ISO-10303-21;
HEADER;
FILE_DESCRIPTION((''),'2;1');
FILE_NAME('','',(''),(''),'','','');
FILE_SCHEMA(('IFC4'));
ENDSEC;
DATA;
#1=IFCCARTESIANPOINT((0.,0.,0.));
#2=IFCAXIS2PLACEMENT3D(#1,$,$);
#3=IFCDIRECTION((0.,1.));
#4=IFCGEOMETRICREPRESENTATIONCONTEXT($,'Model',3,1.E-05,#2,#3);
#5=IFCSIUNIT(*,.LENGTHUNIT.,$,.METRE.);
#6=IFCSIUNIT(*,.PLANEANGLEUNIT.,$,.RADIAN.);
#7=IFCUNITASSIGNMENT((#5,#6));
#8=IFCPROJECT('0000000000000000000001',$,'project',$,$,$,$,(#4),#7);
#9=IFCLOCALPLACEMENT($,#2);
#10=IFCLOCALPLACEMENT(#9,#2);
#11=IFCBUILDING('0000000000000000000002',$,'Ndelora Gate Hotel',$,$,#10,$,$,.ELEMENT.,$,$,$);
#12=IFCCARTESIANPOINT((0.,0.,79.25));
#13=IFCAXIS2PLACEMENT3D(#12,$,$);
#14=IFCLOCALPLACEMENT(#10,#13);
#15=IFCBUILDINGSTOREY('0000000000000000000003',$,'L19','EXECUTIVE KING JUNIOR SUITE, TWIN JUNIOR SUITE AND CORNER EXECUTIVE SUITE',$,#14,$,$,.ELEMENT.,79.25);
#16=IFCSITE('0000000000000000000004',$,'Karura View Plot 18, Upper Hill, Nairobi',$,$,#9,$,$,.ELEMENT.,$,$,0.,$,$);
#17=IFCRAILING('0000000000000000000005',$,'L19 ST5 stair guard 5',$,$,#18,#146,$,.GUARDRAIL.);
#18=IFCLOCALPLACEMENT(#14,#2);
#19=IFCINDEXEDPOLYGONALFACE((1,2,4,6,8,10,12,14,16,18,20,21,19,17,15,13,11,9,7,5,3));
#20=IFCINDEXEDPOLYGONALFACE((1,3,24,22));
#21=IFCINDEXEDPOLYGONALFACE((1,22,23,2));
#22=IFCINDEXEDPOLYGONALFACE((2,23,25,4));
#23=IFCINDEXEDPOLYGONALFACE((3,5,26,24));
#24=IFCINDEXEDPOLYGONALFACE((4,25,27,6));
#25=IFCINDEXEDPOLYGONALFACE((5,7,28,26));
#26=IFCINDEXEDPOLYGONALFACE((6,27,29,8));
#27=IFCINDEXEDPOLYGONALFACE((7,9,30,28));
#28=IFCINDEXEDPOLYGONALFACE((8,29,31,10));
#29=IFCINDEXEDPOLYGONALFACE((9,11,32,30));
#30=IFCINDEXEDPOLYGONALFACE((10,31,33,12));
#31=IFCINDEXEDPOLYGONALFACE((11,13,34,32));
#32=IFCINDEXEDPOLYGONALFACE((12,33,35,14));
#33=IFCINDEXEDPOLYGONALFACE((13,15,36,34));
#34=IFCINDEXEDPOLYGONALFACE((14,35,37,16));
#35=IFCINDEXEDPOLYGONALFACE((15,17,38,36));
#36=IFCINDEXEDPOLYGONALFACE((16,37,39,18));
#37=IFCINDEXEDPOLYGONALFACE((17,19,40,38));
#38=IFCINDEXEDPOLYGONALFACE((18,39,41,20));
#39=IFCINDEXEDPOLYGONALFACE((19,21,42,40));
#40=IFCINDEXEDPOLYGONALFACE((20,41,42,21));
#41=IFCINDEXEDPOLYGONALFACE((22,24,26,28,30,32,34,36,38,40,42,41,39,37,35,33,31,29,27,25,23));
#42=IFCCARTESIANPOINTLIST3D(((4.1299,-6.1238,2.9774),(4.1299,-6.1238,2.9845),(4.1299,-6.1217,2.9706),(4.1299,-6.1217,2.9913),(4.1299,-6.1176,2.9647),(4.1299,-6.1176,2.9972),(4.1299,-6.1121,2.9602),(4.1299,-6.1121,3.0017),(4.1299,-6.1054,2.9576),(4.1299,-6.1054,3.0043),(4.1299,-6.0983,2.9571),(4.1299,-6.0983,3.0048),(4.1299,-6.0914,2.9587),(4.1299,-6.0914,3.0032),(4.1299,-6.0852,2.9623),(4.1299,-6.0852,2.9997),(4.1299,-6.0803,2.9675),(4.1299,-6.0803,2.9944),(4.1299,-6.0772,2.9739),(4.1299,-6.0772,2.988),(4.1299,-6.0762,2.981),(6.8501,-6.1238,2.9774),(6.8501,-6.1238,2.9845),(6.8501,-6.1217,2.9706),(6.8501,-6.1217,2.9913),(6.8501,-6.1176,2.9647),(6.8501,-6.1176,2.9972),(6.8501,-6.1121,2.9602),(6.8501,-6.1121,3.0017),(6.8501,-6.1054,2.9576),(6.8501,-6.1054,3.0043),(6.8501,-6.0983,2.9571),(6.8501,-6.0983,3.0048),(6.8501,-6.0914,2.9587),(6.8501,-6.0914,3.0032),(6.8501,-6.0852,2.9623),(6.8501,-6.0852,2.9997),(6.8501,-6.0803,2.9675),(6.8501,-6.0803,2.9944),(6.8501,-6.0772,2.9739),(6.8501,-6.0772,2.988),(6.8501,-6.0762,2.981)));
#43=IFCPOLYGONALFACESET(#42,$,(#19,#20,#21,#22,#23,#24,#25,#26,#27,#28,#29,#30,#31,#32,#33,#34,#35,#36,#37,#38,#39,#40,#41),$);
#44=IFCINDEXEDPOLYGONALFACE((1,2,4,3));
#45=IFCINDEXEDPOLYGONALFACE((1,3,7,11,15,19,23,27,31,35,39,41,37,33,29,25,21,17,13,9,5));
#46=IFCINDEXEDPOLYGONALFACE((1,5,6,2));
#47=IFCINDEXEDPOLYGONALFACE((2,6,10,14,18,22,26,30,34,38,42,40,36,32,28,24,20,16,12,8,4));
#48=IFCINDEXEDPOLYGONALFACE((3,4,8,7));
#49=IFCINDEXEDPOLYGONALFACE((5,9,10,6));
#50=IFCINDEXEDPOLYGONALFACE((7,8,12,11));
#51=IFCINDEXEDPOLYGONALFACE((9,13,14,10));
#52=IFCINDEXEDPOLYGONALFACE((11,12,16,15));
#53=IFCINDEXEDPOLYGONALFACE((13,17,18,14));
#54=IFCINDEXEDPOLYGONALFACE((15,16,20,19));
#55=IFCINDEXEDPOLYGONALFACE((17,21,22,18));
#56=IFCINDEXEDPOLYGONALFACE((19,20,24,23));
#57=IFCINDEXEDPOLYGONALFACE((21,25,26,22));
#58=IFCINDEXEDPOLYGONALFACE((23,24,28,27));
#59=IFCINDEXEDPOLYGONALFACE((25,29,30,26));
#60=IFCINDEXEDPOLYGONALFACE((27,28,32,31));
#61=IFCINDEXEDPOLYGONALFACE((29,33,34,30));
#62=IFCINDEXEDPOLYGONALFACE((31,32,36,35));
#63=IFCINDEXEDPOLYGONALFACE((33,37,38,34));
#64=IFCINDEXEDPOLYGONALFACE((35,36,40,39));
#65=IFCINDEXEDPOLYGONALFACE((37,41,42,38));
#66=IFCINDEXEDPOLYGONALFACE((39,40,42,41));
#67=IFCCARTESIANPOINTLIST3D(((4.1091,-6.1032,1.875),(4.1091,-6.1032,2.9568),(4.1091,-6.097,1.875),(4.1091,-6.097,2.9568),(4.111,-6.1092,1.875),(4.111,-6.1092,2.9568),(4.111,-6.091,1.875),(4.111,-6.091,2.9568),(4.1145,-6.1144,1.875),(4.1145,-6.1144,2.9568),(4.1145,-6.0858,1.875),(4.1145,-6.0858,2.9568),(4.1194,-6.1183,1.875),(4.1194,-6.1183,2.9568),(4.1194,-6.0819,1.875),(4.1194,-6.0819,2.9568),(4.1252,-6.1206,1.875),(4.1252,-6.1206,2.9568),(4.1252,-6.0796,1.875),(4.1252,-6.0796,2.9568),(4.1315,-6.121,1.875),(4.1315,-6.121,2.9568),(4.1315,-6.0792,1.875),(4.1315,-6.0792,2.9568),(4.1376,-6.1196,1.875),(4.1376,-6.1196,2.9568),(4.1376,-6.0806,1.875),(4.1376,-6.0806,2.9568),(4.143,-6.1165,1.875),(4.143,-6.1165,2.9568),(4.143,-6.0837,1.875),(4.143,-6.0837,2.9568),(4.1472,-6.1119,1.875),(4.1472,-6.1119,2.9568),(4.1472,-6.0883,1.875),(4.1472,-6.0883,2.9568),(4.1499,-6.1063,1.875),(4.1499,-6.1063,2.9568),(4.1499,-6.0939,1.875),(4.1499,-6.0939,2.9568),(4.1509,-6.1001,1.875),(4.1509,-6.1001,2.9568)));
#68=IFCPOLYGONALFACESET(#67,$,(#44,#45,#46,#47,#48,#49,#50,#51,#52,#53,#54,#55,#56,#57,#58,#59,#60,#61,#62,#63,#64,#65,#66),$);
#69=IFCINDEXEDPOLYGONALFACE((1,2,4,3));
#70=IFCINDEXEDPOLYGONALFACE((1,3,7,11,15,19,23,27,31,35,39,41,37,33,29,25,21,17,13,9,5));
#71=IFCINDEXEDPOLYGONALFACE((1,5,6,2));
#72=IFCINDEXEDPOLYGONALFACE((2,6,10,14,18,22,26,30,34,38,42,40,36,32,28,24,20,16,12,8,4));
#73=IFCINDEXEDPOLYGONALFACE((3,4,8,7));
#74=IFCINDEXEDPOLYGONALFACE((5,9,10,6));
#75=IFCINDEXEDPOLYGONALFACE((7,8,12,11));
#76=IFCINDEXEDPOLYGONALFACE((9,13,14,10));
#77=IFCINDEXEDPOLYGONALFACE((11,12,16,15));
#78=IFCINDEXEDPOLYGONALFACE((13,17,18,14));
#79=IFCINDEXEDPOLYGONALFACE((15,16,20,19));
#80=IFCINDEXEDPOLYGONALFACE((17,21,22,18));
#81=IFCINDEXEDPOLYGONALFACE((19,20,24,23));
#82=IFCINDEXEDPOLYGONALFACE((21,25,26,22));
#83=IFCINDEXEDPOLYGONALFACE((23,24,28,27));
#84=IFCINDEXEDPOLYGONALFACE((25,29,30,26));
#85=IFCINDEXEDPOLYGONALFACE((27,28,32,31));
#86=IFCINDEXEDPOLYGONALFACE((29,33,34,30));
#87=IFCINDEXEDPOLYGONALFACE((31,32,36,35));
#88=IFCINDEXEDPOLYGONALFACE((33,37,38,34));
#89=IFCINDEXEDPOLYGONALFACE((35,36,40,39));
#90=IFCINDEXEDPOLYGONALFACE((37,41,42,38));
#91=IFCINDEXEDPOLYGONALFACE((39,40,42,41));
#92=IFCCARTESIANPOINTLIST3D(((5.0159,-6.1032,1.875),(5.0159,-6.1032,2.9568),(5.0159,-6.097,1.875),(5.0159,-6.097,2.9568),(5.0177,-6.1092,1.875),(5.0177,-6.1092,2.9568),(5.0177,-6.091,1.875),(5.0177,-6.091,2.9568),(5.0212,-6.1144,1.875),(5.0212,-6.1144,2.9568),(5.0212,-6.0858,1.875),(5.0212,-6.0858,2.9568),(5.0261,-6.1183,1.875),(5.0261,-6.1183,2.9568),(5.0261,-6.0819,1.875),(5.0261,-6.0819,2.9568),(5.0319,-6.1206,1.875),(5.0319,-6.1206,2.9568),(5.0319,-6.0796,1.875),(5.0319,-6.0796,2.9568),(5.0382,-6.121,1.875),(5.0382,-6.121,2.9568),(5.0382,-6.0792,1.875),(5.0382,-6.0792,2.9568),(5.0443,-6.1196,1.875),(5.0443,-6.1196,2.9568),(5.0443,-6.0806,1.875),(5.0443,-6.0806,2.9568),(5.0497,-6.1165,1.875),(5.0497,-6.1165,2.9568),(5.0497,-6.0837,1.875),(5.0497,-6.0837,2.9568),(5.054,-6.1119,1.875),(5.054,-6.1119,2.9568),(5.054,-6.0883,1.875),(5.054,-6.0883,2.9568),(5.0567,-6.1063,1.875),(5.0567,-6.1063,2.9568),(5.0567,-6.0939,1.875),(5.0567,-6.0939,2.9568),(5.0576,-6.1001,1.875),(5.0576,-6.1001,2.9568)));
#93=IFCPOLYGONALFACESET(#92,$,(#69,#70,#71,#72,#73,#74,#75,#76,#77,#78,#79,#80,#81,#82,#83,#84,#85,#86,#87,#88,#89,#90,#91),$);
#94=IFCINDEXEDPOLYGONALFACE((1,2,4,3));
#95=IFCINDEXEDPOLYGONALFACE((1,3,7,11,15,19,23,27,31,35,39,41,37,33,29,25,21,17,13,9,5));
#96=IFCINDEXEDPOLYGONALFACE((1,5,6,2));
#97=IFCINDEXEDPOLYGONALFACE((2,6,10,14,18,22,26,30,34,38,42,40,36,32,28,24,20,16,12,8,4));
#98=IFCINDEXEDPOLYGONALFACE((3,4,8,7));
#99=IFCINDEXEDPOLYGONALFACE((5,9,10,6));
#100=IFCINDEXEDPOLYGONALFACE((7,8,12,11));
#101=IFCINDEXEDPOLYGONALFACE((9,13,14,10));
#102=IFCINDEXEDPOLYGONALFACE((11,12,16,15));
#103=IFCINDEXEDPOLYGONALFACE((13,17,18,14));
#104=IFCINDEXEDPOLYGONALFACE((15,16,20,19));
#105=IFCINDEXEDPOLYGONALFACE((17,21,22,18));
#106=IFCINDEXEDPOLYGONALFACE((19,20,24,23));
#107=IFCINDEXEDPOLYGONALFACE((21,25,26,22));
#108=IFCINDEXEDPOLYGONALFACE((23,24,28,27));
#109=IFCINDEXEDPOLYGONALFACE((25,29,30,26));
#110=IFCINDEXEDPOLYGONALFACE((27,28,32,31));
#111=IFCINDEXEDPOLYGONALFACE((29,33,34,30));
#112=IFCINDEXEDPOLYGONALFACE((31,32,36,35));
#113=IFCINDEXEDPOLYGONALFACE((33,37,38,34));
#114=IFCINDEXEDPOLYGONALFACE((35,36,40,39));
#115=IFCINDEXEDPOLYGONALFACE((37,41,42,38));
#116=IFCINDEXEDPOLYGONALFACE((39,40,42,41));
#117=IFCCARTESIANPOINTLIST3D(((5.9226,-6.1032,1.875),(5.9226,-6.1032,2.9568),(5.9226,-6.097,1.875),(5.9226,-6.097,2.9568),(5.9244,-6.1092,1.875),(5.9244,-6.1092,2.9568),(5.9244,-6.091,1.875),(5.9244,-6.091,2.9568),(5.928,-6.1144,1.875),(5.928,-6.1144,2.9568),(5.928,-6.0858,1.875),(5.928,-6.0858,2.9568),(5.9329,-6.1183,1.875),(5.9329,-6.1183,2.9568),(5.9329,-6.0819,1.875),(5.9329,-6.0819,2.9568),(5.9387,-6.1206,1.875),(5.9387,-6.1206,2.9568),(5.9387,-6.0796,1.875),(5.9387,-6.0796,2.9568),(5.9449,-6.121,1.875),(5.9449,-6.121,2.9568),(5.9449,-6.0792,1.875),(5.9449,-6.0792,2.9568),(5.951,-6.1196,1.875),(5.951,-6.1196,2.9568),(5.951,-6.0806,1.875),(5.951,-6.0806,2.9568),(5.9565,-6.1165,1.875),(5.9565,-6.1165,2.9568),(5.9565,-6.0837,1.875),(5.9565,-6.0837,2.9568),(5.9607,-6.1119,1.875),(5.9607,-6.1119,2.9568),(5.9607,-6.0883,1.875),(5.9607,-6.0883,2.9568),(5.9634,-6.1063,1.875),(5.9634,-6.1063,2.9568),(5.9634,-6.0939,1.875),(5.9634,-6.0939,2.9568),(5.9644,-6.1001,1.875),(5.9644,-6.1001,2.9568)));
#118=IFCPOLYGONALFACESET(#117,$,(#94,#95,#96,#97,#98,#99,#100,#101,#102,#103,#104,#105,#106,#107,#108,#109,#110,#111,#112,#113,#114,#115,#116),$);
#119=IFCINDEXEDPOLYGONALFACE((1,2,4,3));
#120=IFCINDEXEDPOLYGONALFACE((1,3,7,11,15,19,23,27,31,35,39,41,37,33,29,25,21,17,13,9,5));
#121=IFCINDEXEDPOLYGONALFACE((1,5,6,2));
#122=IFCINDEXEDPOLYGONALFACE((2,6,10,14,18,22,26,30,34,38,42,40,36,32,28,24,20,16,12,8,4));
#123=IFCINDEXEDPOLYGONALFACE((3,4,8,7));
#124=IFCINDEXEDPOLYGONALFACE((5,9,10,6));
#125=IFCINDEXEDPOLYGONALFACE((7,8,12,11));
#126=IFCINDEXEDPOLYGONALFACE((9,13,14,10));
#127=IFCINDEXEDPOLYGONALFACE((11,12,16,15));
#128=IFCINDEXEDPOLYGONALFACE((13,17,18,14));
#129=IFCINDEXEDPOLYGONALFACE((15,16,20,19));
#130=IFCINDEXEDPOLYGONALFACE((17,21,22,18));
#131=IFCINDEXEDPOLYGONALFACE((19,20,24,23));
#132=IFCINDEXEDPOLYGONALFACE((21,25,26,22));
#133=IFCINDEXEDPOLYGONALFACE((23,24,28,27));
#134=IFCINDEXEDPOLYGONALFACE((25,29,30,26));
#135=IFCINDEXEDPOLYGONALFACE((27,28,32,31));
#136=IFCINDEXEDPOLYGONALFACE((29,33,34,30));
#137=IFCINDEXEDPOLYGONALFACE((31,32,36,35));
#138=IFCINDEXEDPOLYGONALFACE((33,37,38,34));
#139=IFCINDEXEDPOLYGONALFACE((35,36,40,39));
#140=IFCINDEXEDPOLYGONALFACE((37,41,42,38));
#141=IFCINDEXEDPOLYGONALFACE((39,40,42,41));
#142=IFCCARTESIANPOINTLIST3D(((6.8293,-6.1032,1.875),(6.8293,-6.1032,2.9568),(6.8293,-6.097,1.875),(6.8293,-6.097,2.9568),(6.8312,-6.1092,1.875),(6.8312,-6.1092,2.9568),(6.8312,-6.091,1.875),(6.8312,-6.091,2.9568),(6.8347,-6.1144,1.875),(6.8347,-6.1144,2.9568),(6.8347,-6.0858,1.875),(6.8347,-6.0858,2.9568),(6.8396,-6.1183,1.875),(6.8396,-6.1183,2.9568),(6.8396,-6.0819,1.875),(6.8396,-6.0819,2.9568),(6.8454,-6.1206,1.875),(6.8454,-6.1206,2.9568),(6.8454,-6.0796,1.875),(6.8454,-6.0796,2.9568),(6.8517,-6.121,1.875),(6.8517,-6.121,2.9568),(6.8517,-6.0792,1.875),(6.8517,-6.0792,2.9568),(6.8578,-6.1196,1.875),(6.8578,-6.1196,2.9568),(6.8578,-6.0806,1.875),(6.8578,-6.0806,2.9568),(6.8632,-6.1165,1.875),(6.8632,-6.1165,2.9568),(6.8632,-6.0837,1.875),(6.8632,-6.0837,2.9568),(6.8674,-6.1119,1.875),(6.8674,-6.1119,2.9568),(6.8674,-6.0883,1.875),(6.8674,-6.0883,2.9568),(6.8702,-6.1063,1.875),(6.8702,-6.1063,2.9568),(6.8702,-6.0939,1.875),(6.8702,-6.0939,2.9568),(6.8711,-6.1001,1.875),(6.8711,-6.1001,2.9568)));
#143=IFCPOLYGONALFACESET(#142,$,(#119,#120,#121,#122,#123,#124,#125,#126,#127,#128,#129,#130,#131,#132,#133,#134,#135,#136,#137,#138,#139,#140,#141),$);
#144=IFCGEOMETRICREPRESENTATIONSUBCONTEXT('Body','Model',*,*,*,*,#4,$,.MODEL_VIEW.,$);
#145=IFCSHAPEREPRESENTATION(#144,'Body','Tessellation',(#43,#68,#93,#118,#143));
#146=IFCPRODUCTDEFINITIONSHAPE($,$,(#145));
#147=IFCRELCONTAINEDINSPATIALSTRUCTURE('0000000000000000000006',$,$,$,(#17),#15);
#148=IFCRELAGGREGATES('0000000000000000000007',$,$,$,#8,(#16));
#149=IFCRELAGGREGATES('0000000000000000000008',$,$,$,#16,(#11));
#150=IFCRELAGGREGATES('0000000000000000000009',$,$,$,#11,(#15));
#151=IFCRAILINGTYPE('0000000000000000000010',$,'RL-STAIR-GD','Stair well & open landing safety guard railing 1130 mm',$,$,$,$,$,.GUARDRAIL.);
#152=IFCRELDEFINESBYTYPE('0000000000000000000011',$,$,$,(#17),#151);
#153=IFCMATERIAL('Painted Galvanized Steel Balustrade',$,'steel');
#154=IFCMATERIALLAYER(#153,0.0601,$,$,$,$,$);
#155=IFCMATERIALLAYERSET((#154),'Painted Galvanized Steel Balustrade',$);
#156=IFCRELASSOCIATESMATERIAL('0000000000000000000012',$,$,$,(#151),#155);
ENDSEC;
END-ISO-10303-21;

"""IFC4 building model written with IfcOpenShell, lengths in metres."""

from ifc_helpers import new_model, si_unit, direction, frame, origin, origin_2d, place, context, subcontext, project, spatial, circle, extrude, material, layer, layer_set, type_object, element, save


model = new_model("IFC4")

# Units and contexts
model_context = context("Model", 3, precision=1e-05, world=origin(), true_north=direction((0.0, 1.0)))
body_context = subcontext(model_context, "Body", "Model", "MODEL_VIEW")
ifc_project = project(units=[si_unit("LENGTHUNIT", "METRE"), si_unit("PLANEANGLEUNIT", "RADIAN")], contexts=[model_context])

# Site, building, storey
site_placement = place(None, origin())
site = spatial("IfcSite", under=ifc_project, at=site_placement, Name="Karura View Plot 18, Upper Hill, Nairobi", CompositionType="ELEMENT", RefElevation=0.0)
building_placement = place(site_placement, origin())
building = spatial("IfcBuilding", under=site, at=building_placement, Name="Ndelora Gate Hotel", CompositionType="ELEMENT")
storey_placement = place(building_placement, frame((0.0, 0.0, 79.25)))
storey = spatial("IfcBuildingStorey", under=building, at=storey_placement, Name="L19", Description="EXECUTIVE KING JUNIOR SUITE, TWIN JUNIOR SUITE AND CORNER EXECUTIVE SUITE", CompositionType="ELEMENT", Elevation=79.25)

# Railing
ifc_material_1 = material(Name="Painted Galvanized Steel Balustrade", Category="steel")
ifc_layer_1 = layer(ifc_material_1, 0.0601)
ifc_layer_set_1 = layer_set([ifc_layer_1], Name="Painted Galvanized Steel Balustrade")
railing_type = type_object("IfcRailingType", Name="RL-STAIR-GD", Description="Stair well & open landing safety guard railing 1130 mm", PredefinedType="GUARDRAIL", material=ifc_layer_set_1)
railing_1_placement = place(storey_placement, frame((4.1299, -6.1001, 1.875)))
element("IfcRailing", 1, at=railing_1_placement, inside=storey, type_object=railing_type, Name="L19 ST5 stair guard 5", PredefinedType="GUARDRAIL", context=body_context, shape_type="SweptSolid", body=[
    extrude(circle(Radius=0.0239, at=origin_2d()), frame((0.0, 0.0, 1.106), z_axis=(1.0, 0.0, 0.0), x_axis=(0.0, 1.0, 0.0)), (0.0, 0.0, 1.0), 2.7202),
    extrude(circle(Radius=0.021, at=origin_2d()), origin(), (0.0, 0.0, 1.0), 1.0818),
    extrude(circle(Radius=0.021, at=origin_2d()), frame((0.9067, 0.0, 0.0)), (0.0, 0.0, 1.0), 1.0818),
    extrude(circle(Radius=0.021, at=origin_2d()), frame((1.8135, 0.0, 0.0)), (0.0, 0.0, 1.0), 1.0818),
    extrude(circle(Radius=0.021, at=origin_2d()), frame((2.7202, 0.0, 0.0)), (0.0, 0.0, 1.0), 1.0818),
])

save(model, "model.ifc")
